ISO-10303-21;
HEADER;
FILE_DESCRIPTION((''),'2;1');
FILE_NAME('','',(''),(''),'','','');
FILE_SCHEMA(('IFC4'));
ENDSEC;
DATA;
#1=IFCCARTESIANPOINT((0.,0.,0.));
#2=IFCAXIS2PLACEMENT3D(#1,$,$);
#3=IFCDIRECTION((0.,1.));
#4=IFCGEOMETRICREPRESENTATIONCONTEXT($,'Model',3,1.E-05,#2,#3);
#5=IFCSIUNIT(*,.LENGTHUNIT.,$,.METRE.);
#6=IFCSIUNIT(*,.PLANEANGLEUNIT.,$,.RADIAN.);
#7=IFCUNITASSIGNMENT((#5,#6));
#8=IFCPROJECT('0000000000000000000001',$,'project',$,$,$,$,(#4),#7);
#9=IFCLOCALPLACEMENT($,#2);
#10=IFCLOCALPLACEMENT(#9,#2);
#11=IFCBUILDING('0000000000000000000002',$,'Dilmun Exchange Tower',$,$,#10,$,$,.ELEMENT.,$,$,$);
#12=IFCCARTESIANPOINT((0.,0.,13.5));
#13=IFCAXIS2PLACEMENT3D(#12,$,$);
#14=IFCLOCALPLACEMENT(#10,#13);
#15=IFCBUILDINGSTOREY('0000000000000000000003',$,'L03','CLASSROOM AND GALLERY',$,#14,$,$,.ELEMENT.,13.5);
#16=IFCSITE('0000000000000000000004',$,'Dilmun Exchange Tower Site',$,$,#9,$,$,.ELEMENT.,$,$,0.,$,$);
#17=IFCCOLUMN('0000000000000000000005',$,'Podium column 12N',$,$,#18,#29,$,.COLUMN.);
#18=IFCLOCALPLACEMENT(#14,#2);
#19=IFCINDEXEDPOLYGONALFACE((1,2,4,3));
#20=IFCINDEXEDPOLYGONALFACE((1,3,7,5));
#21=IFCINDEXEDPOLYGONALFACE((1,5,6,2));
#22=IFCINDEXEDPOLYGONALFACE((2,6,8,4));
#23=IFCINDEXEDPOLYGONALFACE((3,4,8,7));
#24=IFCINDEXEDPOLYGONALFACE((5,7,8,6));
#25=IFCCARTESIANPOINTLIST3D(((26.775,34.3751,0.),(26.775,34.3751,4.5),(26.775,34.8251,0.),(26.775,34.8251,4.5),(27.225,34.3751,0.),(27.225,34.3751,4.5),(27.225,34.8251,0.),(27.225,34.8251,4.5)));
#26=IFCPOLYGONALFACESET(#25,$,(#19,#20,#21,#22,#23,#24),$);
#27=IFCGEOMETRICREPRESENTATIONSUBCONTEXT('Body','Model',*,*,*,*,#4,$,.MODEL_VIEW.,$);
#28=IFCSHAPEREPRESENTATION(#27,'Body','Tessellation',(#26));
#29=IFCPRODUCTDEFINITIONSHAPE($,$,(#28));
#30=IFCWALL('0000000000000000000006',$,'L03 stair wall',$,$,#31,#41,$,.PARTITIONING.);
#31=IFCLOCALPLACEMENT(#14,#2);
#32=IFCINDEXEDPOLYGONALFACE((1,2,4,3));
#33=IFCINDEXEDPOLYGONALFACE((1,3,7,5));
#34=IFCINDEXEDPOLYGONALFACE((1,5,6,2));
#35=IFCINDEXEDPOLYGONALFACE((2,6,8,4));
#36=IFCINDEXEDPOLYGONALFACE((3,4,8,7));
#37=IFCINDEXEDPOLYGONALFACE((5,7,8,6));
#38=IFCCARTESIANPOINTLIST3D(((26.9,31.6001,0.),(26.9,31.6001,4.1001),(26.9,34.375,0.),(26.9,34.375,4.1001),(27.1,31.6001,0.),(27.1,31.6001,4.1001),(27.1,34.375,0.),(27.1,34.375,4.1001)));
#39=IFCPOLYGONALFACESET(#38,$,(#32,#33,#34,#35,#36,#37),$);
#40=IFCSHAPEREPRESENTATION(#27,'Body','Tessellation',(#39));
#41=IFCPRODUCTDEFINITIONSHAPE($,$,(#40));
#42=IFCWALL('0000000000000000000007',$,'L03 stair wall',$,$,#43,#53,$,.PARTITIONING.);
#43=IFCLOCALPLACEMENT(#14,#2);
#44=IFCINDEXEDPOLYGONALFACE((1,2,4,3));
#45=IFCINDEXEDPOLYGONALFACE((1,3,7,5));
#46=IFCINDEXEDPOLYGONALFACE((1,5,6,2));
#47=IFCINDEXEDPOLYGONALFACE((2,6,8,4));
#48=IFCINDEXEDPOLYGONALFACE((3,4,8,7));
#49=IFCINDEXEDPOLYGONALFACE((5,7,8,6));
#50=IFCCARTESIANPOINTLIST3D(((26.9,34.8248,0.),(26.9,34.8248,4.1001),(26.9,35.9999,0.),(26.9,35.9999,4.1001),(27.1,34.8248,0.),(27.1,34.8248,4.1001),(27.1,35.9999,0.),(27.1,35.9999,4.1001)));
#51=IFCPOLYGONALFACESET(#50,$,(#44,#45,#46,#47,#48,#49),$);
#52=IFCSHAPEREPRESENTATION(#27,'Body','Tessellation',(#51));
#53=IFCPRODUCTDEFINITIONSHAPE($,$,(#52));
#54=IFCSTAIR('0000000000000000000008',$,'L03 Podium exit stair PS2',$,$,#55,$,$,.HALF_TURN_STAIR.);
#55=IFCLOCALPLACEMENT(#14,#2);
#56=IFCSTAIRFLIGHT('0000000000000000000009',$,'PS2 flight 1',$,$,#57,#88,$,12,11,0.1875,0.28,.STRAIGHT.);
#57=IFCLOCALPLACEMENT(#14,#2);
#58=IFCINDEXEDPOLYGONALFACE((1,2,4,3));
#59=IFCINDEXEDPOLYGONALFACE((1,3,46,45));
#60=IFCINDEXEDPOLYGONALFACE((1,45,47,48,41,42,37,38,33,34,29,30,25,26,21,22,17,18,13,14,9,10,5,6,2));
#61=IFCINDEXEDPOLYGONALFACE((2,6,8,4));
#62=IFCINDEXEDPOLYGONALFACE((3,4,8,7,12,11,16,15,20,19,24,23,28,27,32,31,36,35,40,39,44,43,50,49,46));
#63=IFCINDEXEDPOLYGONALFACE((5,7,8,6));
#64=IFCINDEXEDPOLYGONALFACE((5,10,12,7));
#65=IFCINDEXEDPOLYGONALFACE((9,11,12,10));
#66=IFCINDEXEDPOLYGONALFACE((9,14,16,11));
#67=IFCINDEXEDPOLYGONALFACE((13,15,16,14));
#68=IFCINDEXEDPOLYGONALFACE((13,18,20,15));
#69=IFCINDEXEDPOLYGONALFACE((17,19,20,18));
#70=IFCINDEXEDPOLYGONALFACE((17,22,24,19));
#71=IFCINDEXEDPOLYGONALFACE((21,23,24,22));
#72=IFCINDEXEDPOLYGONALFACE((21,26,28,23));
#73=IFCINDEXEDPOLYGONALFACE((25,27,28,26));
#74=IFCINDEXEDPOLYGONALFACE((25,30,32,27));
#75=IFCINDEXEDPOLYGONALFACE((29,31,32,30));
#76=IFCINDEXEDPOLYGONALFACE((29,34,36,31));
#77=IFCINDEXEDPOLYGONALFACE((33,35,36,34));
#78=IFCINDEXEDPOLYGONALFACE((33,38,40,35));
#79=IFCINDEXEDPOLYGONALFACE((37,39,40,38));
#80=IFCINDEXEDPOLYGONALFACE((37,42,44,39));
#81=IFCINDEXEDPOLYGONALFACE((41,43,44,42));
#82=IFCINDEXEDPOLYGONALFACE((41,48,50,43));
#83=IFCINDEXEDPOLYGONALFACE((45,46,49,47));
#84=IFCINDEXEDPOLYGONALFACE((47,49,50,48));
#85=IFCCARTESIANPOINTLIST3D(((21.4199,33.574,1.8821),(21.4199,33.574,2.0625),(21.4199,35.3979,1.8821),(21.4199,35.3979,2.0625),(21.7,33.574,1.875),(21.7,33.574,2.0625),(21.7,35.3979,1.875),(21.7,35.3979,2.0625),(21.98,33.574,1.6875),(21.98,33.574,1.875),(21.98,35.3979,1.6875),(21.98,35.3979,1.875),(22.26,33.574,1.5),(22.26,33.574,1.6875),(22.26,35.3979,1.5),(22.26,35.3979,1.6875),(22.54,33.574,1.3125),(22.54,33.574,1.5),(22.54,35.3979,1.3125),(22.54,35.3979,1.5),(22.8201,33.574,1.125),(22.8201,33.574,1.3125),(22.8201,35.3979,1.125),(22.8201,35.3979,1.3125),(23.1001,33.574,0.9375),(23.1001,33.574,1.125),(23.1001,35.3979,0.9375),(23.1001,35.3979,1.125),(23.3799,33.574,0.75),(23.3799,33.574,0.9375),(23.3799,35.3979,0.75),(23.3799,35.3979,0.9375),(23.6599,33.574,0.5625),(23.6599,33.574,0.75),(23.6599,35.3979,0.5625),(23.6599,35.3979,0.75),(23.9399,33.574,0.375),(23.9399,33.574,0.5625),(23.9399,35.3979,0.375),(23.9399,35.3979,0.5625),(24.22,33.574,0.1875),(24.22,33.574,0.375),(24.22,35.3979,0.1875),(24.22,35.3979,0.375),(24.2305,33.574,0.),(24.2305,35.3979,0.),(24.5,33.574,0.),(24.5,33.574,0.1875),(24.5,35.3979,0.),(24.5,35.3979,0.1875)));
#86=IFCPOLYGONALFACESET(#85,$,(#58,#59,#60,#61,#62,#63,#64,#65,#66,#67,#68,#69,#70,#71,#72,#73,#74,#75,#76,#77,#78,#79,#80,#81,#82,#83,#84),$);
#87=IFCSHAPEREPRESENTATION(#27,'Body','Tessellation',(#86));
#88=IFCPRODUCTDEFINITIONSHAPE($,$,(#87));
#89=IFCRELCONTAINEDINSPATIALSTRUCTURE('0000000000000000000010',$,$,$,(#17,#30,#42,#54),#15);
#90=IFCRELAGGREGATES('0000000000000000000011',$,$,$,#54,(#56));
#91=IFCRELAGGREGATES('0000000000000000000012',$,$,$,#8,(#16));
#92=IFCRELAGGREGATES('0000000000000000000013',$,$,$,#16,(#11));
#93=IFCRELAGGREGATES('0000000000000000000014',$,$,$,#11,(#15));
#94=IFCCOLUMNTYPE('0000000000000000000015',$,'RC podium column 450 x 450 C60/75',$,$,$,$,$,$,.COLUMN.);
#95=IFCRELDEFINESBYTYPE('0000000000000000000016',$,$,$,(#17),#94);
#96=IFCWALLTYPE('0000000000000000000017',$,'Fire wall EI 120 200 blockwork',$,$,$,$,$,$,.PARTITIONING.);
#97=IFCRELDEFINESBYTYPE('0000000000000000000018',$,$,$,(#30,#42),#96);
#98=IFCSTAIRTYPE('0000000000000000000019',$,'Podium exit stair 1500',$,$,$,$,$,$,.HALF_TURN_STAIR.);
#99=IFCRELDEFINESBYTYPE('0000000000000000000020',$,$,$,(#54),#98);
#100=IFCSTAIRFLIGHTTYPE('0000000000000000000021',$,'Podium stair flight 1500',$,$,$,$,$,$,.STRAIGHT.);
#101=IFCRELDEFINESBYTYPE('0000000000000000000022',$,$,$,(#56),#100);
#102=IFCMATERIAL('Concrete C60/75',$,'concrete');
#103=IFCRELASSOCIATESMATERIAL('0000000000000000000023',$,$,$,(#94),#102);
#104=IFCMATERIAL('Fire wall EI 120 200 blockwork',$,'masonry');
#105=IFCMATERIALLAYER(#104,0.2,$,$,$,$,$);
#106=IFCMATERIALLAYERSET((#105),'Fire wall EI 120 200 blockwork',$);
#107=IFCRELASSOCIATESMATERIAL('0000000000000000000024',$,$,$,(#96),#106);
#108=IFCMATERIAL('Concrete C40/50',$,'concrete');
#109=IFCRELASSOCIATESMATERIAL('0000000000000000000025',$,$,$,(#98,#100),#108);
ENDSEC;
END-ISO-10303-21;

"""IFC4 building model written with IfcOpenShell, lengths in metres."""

from ifc_helpers import new_model, si_unit, direction, frame, frame_2d, origin, origin_2d, place, context, subcontext, project, spatial, polyline, rectangle, outline, extrude, material, layer, layer_set, material_profile, profile_set, type_object, element, aggregate, save


model = new_model("IFC4")

# Units and contexts
model_context = context("Model", 3, precision=1e-05, world=origin(), true_north=direction((0.0, 1.0)))
body_context = subcontext(model_context, "Body", "Model", "MODEL_VIEW")
ifc_project = project(units=[si_unit("LENGTHUNIT", "METRE"), si_unit("PLANEANGLEUNIT", "RADIAN")], contexts=[model_context])

# Site, building, storey
site_placement = place(None, origin())
site = spatial("IfcSite", under=ifc_project, at=site_placement, Name="Dilmun Exchange Tower Site", CompositionType="ELEMENT", RefElevation=0.0)
building_placement = place(site_placement, origin())
building = spatial("IfcBuilding", under=site, at=building_placement, Name="Dilmun Exchange Tower", CompositionType="ELEMENT")
storey_placement = place(building_placement, frame((0.0, 0.0, 13.5)))
storey = spatial("IfcBuildingStorey", under=building, at=storey_placement, Name="L03", Description="CLASSROOM AND GALLERY", CompositionType="ELEMENT", Elevation=13.5)

# Column
ifc_material_1 = material(Name="Concrete C60/75", Category="concrete")
ifc_material_profile = material_profile(ifc_material_1, rectangle(XDim=0.45, YDim=0.45, at=origin_2d()), Name="450 x 450")
ifc_profile_set = profile_set([ifc_material_profile], Name="Concrete C60/75")
column_type = type_object("IfcColumnType", Name="RC podium column 450 x 450 C60/75", PredefinedType="COLUMN", material=ifc_profile_set)
column_placement = place(storey_placement, frame((27.0, 34.6001, 0.0), z_axis=(0.0, 0.0, 1.0), x_axis=(1.0, 0.0, 0.0)))
element("IfcColumn", 1, at=column_placement, inside=storey, type_object=column_type, Name="Podium column 12N", PredefinedType="COLUMN", context=body_context, shape_type="SweptSolid", body=[
    extrude(rectangle(XDim=0.45, YDim=0.45, at=origin_2d()), origin(), (0.0, 0.0, 1.0), 4.5),
])

# Walls
ifc_material_2 = material(Name="Fire wall EI 120 200 blockwork", Category="masonry")
ifc_layer_1 = layer(ifc_material_2, 0.2)
ifc_layer_set_1 = layer_set([ifc_layer_1], Name="Fire wall EI 120 200 blockwork")
wall_type_1 = type_object("IfcWallType", Name="Fire wall EI 120 200 blockwork", PredefinedType="PARTITIONING", material=ifc_layer_set_1)
wall_1_placement = place(storey_placement, frame((27.0, 31.6001, 0.0), z_axis=(0.0, 0.0, 1.0), x_axis=(0.0, 1.0, 0.0)))
element("IfcWall", 2, at=wall_1_placement, inside=storey, type_object=wall_type_1, Name="L03 stair wall", PredefinedType="PARTITIONING", context=body_context, shape_type="SweptSolid", body=[
    extrude(rectangle(XDim=2.7749, YDim=0.2, at=frame_2d((1.3875, 0.0))), origin(), (0.0, 0.0, 1.0), 4.1001),
])
wall_2_placement = place(storey_placement, frame((27.0, 34.825, 0.0), z_axis=(0.0, 0.0, 1.0), x_axis=(0.0, 1.0, 0.0)))
element("IfcWall", 3, at=wall_2_placement, inside=storey, type_object=wall_type_1, Name="L03 stair wall", PredefinedType="PARTITIONING", context=body_context, shape_type="SweptSolid", body=[
    extrude(rectangle(XDim=1.175, YDim=0.2, at=frame_2d((0.5874, 0.0))), origin(), (0.0, 0.0, 1.0), 4.1001),
])

# Stair, stair flight
ifc_material_3 = material(Name="Concrete C40/50", Category="concrete")
stair_type = type_object("IfcStairType", Name="Podium exit stair 1500", PredefinedType="HALF_TURN_STAIR", material=ifc_material_3)
stair_placement = place(storey_placement, origin())
stair = element("IfcStair", 4, at=stair_placement, inside=storey, type_object=stair_type, Name="L03 Podium exit stair PS2", PredefinedType="HALF_TURN_STAIR")
stair_flight_type = type_object("IfcStairFlightType", Name="Podium stair flight 1500", PredefinedType="STRAIGHT", material=ifc_material_3)
stair_flight_placement = place(storey_placement, frame((24.5, 34.4861, 0.0), z_axis=(0.0, 0.0, 1.0), x_axis=(-1.0, 0.0, 0.0)))
stair_flight = element("IfcStairFlight", 5, at=stair_flight_placement, type_object=stair_flight_type, Name="PS2 flight 1", NumberOfRisers=12, NumberOfTreads=11, PredefinedType="STRAIGHT", RiserHeight=0.1875, TreadLength=0.28, context=body_context, shape_type="SweptSolid", body=[
    extrude(outline(polyline([(0.0, 0.0), (0.0, 0.1875), (0.28, 0.1875), (0.28, 0.375), (0.5601, 0.375), (0.5601, 0.5625), (0.8401, 0.5625), (0.8401, 0.75), (1.1201, 0.75), (1.1201, 0.9375), (1.3999, 0.9375), (1.3999, 1.125), (1.6799, 1.125), (1.6799, 1.3125), (1.96, 1.3125), (1.96, 1.5), (2.24, 1.5), (2.24, 1.6875), (2.52, 1.6875), (2.52, 1.875), (2.8, 1.875), (2.8, 2.0625), (3.0801, 2.0625), (3.0801, 2.25), (3.0801, 1.8821), (0.2695, 0.0), (0.0, 0.0)])), frame((0.0, 0.9121, 0.0), z_axis=(0.0, -1.0, 0.0), x_axis=(1.0, 0.0, 0.0)), (0.0, 0.0, 1.0), 1.824),
])
aggregate(stair, [stair_flight])

save(model, "model.ifc")
